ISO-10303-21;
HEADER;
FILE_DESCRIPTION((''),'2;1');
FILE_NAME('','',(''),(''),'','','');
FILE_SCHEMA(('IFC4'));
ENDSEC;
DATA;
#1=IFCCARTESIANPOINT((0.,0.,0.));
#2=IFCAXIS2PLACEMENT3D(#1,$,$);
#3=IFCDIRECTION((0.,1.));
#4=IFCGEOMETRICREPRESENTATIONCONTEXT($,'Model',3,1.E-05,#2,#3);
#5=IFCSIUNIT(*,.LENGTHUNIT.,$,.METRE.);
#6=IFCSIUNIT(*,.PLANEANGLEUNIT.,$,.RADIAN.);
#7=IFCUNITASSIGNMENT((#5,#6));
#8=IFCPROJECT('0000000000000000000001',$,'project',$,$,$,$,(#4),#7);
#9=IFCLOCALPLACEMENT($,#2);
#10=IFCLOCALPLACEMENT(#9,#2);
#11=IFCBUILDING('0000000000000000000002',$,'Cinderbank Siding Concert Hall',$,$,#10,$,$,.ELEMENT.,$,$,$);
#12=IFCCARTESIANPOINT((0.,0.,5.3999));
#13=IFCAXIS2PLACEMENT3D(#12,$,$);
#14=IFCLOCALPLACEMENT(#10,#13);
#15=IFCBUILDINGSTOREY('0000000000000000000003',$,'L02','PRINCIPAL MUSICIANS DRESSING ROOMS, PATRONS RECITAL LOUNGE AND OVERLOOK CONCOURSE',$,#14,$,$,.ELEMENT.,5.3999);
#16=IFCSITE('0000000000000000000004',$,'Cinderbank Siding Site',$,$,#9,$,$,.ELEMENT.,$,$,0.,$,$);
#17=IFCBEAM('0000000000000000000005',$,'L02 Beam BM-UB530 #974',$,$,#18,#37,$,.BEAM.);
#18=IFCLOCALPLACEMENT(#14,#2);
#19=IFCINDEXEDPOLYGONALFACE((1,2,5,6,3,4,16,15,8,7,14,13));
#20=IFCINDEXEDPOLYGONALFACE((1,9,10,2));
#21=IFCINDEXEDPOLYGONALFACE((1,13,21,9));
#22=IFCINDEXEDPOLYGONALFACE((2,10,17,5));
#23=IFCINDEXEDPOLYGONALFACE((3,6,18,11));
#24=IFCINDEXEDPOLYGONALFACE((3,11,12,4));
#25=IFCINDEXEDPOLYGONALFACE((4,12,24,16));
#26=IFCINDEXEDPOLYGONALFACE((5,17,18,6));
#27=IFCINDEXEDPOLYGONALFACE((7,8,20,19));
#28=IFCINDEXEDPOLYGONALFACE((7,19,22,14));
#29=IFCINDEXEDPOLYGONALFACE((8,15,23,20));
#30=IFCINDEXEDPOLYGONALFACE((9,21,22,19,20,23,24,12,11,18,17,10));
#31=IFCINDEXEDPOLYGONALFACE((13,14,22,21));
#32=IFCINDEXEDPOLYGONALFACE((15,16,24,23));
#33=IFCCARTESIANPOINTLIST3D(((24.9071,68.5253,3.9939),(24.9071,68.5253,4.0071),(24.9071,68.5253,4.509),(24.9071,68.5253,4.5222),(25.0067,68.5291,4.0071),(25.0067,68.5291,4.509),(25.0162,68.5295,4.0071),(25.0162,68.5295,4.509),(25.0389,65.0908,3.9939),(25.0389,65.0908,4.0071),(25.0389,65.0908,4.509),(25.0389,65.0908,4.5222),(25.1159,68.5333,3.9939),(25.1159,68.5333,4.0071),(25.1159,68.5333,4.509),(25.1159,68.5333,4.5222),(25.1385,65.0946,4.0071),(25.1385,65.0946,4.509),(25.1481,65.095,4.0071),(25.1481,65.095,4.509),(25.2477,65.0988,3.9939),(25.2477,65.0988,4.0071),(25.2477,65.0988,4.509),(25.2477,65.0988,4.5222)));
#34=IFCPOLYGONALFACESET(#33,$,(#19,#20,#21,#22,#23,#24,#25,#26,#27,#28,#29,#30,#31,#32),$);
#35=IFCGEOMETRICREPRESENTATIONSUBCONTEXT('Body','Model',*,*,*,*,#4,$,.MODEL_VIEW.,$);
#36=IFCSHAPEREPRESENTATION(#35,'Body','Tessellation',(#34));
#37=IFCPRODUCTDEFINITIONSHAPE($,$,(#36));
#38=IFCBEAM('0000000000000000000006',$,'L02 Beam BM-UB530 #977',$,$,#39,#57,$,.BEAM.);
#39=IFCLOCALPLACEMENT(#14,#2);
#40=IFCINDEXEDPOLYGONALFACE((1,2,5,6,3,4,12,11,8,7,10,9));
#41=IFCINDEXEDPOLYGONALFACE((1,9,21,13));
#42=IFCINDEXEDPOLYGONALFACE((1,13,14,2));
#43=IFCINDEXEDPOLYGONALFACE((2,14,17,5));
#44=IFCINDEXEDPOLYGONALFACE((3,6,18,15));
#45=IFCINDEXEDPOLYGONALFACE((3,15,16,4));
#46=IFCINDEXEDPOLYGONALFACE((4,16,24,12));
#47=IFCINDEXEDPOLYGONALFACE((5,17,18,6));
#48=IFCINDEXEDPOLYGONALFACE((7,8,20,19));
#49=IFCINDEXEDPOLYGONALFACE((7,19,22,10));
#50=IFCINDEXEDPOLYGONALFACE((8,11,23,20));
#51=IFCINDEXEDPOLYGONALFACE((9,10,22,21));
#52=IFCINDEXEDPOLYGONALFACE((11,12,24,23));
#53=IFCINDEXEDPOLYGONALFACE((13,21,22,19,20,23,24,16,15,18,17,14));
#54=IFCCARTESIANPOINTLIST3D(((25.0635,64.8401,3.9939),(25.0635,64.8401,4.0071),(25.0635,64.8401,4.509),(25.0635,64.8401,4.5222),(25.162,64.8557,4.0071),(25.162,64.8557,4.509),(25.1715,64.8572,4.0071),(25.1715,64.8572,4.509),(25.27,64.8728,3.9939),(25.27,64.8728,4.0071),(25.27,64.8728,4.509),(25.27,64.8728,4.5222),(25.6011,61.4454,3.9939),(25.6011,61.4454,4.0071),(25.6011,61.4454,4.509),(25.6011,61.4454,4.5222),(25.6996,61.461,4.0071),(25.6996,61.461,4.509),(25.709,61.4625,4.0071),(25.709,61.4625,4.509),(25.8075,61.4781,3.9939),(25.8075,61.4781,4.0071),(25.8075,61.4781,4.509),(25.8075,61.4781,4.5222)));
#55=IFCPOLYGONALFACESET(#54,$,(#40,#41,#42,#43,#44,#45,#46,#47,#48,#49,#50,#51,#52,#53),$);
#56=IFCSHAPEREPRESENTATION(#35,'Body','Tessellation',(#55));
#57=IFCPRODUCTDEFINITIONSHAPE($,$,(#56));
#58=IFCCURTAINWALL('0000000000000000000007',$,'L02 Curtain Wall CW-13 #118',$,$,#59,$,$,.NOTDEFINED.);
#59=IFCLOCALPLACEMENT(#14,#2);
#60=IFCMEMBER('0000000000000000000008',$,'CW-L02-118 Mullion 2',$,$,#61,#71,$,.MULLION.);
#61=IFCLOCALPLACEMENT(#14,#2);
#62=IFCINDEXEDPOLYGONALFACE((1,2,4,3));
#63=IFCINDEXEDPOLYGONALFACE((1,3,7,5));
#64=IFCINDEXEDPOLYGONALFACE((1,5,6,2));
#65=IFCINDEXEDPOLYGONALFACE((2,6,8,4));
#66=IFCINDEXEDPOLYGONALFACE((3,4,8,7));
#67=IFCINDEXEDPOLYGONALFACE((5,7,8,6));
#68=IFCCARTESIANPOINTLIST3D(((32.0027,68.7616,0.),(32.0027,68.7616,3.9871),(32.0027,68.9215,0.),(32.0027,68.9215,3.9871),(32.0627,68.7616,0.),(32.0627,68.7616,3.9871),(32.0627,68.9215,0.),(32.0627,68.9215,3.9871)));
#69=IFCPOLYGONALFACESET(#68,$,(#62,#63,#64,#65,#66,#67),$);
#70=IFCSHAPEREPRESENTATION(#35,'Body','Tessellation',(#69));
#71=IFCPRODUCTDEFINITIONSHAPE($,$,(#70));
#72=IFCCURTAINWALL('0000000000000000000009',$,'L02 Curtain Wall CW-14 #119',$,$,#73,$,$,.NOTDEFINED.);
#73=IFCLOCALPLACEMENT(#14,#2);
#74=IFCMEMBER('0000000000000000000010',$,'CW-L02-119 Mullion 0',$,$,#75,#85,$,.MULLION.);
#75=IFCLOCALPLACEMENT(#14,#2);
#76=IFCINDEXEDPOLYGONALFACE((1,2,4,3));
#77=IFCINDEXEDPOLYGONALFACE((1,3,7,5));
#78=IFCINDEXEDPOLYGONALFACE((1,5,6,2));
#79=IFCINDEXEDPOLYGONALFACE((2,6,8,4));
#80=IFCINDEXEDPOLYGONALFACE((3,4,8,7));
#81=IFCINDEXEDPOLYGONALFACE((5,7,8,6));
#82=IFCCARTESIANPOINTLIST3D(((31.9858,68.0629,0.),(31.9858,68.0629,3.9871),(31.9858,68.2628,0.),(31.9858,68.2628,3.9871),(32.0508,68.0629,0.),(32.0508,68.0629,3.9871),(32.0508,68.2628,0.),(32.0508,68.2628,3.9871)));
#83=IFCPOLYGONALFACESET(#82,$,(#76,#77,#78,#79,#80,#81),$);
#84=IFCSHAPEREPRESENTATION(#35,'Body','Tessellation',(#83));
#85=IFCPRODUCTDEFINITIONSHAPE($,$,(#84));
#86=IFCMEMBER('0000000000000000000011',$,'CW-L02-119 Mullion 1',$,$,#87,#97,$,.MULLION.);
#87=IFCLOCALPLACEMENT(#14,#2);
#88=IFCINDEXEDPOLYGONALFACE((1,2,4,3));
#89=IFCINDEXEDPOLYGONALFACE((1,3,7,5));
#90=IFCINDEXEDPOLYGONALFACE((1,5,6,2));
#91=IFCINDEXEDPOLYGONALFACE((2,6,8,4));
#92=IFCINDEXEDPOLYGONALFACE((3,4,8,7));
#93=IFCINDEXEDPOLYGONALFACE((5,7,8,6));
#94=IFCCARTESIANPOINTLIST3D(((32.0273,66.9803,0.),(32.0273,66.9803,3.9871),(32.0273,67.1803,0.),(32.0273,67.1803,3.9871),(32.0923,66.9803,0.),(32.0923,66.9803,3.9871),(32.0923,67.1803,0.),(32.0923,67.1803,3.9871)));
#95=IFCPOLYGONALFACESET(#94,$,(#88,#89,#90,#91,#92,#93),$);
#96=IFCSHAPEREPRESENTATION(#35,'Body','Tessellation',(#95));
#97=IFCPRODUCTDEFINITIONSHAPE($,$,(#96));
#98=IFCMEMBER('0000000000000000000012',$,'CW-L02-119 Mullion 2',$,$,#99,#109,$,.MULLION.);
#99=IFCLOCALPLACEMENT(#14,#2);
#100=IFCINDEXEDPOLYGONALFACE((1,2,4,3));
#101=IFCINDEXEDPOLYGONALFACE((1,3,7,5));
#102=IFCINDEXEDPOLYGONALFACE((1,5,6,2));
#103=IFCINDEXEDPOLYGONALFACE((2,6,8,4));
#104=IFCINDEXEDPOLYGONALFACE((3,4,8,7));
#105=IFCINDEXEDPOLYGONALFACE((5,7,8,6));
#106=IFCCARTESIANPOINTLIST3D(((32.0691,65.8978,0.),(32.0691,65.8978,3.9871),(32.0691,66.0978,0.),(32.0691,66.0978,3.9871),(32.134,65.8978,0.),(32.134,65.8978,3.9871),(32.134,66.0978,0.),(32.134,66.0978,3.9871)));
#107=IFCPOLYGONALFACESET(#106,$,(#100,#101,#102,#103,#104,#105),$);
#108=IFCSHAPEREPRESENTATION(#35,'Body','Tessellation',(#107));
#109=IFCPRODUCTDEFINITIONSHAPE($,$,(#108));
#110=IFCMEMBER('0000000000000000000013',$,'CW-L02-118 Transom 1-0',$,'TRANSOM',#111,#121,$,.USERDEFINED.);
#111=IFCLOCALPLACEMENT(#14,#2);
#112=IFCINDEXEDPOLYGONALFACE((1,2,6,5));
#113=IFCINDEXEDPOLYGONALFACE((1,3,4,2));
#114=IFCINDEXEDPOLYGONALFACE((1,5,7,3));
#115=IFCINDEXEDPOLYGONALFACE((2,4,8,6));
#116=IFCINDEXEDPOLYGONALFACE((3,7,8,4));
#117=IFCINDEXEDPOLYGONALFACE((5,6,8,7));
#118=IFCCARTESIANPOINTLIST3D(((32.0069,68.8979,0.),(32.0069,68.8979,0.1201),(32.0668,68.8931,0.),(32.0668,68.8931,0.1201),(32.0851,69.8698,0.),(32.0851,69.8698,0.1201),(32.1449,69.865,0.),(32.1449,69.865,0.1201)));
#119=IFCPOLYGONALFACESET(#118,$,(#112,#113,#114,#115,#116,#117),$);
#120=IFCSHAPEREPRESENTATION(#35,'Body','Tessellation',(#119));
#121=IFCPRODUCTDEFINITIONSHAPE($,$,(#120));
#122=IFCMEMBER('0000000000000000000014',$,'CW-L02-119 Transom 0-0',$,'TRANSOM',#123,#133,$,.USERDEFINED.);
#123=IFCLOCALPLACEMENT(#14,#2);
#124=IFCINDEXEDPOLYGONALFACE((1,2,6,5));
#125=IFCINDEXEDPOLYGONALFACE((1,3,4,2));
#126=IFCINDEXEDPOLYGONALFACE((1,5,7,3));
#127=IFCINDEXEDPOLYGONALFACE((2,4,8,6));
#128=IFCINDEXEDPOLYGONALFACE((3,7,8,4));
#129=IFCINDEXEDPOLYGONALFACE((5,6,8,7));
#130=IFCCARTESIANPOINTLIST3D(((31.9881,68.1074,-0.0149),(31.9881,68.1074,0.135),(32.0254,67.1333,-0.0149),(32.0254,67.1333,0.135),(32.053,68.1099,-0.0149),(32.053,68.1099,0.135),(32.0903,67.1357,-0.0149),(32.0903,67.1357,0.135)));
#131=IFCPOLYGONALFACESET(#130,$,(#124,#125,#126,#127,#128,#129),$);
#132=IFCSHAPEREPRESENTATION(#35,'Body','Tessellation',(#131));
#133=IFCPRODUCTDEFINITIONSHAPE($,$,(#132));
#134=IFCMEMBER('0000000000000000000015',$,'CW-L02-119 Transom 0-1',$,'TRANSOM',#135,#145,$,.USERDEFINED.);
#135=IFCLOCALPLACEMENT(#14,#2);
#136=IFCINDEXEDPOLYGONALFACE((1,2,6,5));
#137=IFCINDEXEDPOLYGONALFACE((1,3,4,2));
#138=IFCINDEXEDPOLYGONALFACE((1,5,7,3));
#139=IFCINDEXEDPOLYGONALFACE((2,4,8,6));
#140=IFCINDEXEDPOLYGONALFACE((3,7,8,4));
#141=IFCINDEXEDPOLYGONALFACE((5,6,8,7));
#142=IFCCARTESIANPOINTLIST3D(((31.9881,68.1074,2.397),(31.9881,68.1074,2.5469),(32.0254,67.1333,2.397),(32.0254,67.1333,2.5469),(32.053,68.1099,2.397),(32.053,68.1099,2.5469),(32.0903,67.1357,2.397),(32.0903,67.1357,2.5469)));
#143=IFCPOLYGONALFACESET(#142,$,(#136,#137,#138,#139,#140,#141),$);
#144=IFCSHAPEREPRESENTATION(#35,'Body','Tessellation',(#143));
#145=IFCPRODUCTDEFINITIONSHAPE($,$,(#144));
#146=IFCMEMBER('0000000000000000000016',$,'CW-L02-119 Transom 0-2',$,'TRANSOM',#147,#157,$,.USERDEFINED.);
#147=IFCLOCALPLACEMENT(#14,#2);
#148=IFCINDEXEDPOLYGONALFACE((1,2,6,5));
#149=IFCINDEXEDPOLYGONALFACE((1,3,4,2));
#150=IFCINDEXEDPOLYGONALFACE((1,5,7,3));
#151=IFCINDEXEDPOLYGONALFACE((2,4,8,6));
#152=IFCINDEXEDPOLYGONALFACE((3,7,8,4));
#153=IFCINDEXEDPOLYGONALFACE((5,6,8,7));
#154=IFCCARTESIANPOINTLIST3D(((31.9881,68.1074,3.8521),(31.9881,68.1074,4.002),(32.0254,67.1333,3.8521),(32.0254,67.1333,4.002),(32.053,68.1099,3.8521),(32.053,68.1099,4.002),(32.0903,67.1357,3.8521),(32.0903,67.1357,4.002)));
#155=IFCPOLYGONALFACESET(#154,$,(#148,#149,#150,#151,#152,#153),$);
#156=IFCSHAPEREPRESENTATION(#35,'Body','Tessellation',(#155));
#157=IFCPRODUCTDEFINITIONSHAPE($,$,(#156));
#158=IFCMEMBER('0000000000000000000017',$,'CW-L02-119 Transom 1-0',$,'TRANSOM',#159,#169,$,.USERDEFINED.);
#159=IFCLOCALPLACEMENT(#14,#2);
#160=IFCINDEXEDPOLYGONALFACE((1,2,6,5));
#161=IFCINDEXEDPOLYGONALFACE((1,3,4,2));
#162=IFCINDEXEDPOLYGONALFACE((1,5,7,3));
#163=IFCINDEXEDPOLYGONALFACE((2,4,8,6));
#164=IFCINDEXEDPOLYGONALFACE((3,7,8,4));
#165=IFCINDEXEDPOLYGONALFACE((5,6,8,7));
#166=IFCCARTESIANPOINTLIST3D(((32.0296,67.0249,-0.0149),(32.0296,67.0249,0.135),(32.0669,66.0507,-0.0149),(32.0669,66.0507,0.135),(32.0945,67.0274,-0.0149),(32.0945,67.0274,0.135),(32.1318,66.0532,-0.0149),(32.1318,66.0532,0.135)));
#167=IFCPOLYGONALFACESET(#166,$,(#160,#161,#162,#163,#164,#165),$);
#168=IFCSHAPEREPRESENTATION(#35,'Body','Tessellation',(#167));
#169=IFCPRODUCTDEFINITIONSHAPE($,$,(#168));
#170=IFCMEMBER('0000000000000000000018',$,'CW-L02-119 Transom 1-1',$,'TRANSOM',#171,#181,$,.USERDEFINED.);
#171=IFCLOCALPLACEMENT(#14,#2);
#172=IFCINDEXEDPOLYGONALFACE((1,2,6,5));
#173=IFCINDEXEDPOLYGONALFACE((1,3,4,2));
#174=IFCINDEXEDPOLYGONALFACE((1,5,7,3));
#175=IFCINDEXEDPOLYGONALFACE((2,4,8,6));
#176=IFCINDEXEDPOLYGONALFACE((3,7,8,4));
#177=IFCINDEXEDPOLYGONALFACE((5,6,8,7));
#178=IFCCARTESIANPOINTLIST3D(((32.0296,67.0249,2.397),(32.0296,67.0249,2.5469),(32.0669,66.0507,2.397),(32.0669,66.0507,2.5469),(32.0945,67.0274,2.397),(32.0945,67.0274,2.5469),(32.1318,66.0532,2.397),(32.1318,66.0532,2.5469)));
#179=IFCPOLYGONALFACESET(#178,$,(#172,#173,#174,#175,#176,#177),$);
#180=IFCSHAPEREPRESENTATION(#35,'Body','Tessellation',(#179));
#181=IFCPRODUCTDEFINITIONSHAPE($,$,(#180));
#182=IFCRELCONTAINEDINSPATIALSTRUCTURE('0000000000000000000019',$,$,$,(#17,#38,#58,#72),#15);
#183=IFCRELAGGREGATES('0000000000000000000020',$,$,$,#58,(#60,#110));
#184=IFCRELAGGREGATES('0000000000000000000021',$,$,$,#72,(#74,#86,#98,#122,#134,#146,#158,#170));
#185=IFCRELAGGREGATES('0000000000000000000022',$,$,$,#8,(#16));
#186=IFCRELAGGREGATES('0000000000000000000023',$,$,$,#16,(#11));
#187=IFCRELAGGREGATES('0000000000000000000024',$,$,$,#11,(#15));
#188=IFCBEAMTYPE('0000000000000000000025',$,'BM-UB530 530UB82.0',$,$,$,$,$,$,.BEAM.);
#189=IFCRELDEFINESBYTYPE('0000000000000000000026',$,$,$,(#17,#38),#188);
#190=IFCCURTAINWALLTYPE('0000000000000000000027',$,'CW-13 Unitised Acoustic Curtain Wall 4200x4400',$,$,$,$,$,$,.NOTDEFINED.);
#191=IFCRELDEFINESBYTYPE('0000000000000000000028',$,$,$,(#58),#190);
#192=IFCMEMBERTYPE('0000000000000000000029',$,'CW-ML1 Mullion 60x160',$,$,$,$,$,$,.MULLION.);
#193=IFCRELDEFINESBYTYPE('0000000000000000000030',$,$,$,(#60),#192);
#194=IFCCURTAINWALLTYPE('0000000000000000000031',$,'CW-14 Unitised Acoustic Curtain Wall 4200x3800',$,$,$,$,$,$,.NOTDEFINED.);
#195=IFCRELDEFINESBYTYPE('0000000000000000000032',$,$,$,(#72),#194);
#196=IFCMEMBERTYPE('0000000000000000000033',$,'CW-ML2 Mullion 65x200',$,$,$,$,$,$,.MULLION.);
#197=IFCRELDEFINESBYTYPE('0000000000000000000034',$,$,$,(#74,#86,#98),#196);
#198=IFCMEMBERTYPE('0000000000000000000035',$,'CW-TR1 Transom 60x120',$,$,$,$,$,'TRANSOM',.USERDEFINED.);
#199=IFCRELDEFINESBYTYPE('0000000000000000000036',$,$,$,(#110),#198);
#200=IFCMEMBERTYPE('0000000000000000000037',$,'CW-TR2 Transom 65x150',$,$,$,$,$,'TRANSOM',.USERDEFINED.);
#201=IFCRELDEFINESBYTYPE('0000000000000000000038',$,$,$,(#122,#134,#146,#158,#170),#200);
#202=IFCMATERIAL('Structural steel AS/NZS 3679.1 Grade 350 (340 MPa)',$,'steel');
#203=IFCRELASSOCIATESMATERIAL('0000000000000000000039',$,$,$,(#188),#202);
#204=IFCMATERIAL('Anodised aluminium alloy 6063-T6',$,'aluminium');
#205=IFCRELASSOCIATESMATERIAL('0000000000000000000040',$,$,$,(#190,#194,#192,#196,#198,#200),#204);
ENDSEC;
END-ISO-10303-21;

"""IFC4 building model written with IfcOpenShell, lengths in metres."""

from ifc_helpers import new_model, si_unit, direction, frame, origin, origin_2d, place, context, subcontext, project, spatial, rectangle, i_section, extrude, material, material_profile, profile_set, type_object, element, aggregate, save


model = new_model("IFC4")

# Units and contexts
model_context = context("Model", 3, precision=1e-05, world=origin(), true_north=direction((0.0, 1.0)))
body_context = subcontext(model_context, "Body", "Model", "MODEL_VIEW")
ifc_project = project(units=[si_unit("LENGTHUNIT", "METRE"), si_unit("PLANEANGLEUNIT", "RADIAN")], contexts=[model_context])

# Site, building, storey
site_placement = place(None, origin())
site = spatial("IfcSite", under=ifc_project, at=site_placement, Name="Cinderbank Siding Site", CompositionType="ELEMENT", RefElevation=0.0)
building_placement = place(site_placement, origin())
building = spatial("IfcBuilding", under=site, at=building_placement, Name="Cinderbank Siding Concert Hall", CompositionType="ELEMENT")
storey_placement = place(building_placement, frame((0.0, 0.0, 5.3999)))
storey = spatial("IfcBuildingStorey", under=building, at=storey_placement, Name="L02", Description="PRINCIPAL MUSICIANS DRESSING ROOMS, PATRONS RECITAL LOUNGE AND OVERLOOK CONCOURSE", CompositionType="ELEMENT", Elevation=5.3999)

# Shared definitions
ifc_material_1 = material(Name="Structural steel AS/NZS 3679.1 Grade 350 (340 MPa)", Category="steel")

# Beams
ifc_material_profile_1 = material_profile(ifc_material_1, i_section(OverallWidth=0.209, OverallDepth=0.5283, WebThickness=0.0095, FlangeThickness=0.0132, at=origin_2d()), Name="530UB82.0", Category="LoadBearing")
ifc_profile_set_1 = profile_set([ifc_material_profile_1], Name="Structural steel AS/NZS 3679.1 Grade 350 (340 MPa)")
beam_type_1 = type_object("IfcBeamType", Name="BM-UB530 530UB82.0", PredefinedType="BEAM", material=ifc_profile_set_1)
for number, where, z_axis, x_axis, name in (
    (1, (25.0115, 68.5293, 4.2581), (0.038357, -0.999264, 0.0), (0.999264, 0.038357, 0.0), "L02 Beam BM-UB530 #974"),
    (2, (25.1667, 64.8564, 4.2581), (0.156411, -0.987692, 0.0), (0.987692, 0.156411, 0.0), "L02 Beam BM-UB530 #977"),
):
    element("IfcBeam", number, at=place(storey_placement, frame(where, z_axis=z_axis, x_axis=x_axis)), inside=storey, type_object=beam_type_1, Name=name, PredefinedType="BEAM", context=body_context, shape_type="SweptSolid", body=[
        extrude(i_section(OverallWidth=0.209, OverallDepth=0.5283, WebThickness=0.0095, FlangeThickness=0.0132, at=origin_2d()), origin(), (0.0, 0.0, 1.0), 3.437),
    ])

# Curtain wall, member
ifc_material_2 = material(Name="Anodised aluminium alloy 6063-T6", Category="aluminium")
curtain_wall_type_1 = type_object("IfcCurtainWallType", Name="CW-13 Unitised Acoustic Curtain Wall 4200x4400", PredefinedType="NOTDEFINED", material=ifc_material_2)
curtain_wall_1_placement = place(storey_placement, origin())
curtain_wall_1 = element("IfcCurtainWall", 3, at=curtain_wall_1_placement, inside=storey, type_object=curtain_wall_type_1, Name="L02 Curtain Wall CW-13 #118", PredefinedType="NOTDEFINED")
ifc_material_profile_2 = material_profile(ifc_material_2, rectangle(XDim=0.0601, YDim=0.1599, at=origin_2d()), Name="ALU-MULL-60x160", Category="LoadBearing")
ifc_profile_set_2 = profile_set([ifc_material_profile_2], Name="Anodised aluminium alloy 6063-T6")
member_type_1 = type_object("IfcMemberType", Name="CW-ML1 Mullion 60x160", PredefinedType="MULLION", material=ifc_profile_set_2)
member_1_placement = place(storey_placement, frame((32.0327, 68.8416, 0.0), z_axis=(0.0, 0.0, 1.0), x_axis=(1.0, 0.0, 0.0)))
member_1 = element("IfcMember", 4, at=member_1_placement, type_object=member_type_1, Name="CW-L02-118 Mullion 2", PredefinedType="MULLION", context=body_context, shape_type="SweptSolid", body=[
    extrude(rectangle(XDim=0.0601, YDim=0.1599, at=origin_2d()), origin(), (0.0, 0.0, 1.0), 3.9871),
])

# Curtain wall, members
curtain_wall_type_2 = type_object("IfcCurtainWallType", Name="CW-14 Unitised Acoustic Curtain Wall 4200x3800", PredefinedType="NOTDEFINED", material=ifc_material_2)
curtain_wall_2_placement = place(storey_placement, origin())
curtain_wall_2 = element("IfcCurtainWall", 5, at=curtain_wall_2_placement, inside=storey, type_object=curtain_wall_type_2, Name="L02 Curtain Wall CW-14 #119", PredefinedType="NOTDEFINED")
ifc_material_profile_3 = material_profile(ifc_material_2, rectangle(XDim=0.0649, YDim=0.2, at=origin_2d()), Name="ALU-MULL-65x200", Category="LoadBearing")
ifc_profile_set_3 = profile_set([ifc_material_profile_3], Name="Anodised aluminium alloy 6063-T6")
member_type_2 = type_object("IfcMemberType", Name="CW-ML2 Mullion 65x200", PredefinedType="MULLION", material=ifc_profile_set_3)
member_2_placement = place(storey_placement, frame((32.0183, 68.1628, 0.0), z_axis=(0.0, 0.0, 1.0), x_axis=(1.0, 0.0, 0.0)))
member_2 = element("IfcMember", 6, at=member_2_placement, type_object=member_type_2, Name="CW-L02-119 Mullion 0", PredefinedType="MULLION", context=body_context, shape_type="SweptSolid", body=[
    extrude(rectangle(XDim=0.0649, YDim=0.2, at=origin_2d()), origin(), (0.0, 0.0, 1.0), 3.9871),
])
member_3_placement = place(storey_placement, frame((32.0598, 67.0803, 0.0), z_axis=(0.0, 0.0, 1.0), x_axis=(1.0, 0.0, 0.0)))
member_3 = element("IfcMember", 7, at=member_3_placement, type_object=member_type_2, Name="CW-L02-119 Mullion 1", PredefinedType="MULLION", context=body_context, shape_type="SweptSolid", body=[
    extrude(rectangle(XDim=0.0649, YDim=0.2, at=origin_2d()), origin(), (0.0, 0.0, 1.0), 3.9871),
])
member_4_placement = place(storey_placement, frame((32.1016, 65.9978, 0.0), z_axis=(0.0, 0.0, 1.0), x_axis=(1.0, 0.0, 0.0)))
member_4 = element("IfcMember", 8, at=member_4_placement, type_object=member_type_2, Name="CW-L02-119 Mullion 2", PredefinedType="MULLION", context=body_context, shape_type="SweptSolid", body=[
    extrude(rectangle(XDim=0.0649, YDim=0.2, at=origin_2d()), origin(), (0.0, 0.0, 1.0), 3.9871),
])

# Members
ifc_material_profile_4 = material_profile(ifc_material_2, rectangle(XDim=0.0601, YDim=0.1201, at=origin_2d()), Name="ALU-TRAN-60x120", Category="LoadBearing")
ifc_profile_set_4 = profile_set([ifc_material_profile_4], Name="Anodised aluminium alloy 6063-T6")
member_type_3 = type_object("IfcMemberType", Name="CW-TR1 Transom 60x120", ElementType="TRANSOM", PredefinedType="USERDEFINED", material=ifc_profile_set_4)
member_5_placement = place(storey_placement, frame((32.115, 69.8674, 0.0601), z_axis=(-0.080123, -0.996785, 0.0), x_axis=(0.996785, -0.080123, 0.0)))
member_5 = element("IfcMember", 9, at=member_5_placement, type_object=member_type_3, Name="CW-L02-118 Transom 1-0", ObjectType="TRANSOM", PredefinedType="USERDEFINED", context=body_context, shape_type="SweptSolid", body=[
    extrude(rectangle(XDim=0.0601, YDim=0.1201, at=origin_2d()), origin(), (0.0, 0.0, 1.0), 0.9751),
])
ifc_material_profile_5 = material_profile(ifc_material_2, rectangle(XDim=0.0649, YDim=0.1499, at=origin_2d()), Name="ALU-TRAN-65x150", Category="LoadBearing")
ifc_profile_set_5 = profile_set([ifc_material_profile_5], Name="Anodised aluminium alloy 6063-T6")
member_type_4 = type_object("IfcMemberType", Name="CW-TR2 Transom 65x150", ElementType="TRANSOM", PredefinedType="USERDEFINED", material=ifc_profile_set_5)
member_6_placement = place(storey_placement, frame((32.0205, 68.1086, 0.0601), z_axis=(0.038318, -0.999266, 0.0), x_axis=(0.999266, 0.038318, 0.0)))
member_6 = element("IfcMember", 10, at=member_6_placement, type_object=member_type_4, Name="CW-L02-119 Transom 0-0", ObjectType="TRANSOM", PredefinedType="USERDEFINED", context=body_context, shape_type="SweptSolid", body=[
    extrude(rectangle(XDim=0.0649, YDim=0.1499, at=origin_2d()), origin(), (0.0, 0.0, 1.0), 0.9749),
])
member_7_placement = place(storey_placement, frame((32.0205, 68.1086, 2.4719), z_axis=(0.038318, -0.999266, 0.0), x_axis=(0.999266, 0.038318, 0.0)))
member_7 = element("IfcMember", 11, at=member_7_placement, type_object=member_type_4, Name="CW-L02-119 Transom 0-1", ObjectType="TRANSOM", PredefinedType="USERDEFINED", context=body_context, shape_type="SweptSolid", body=[
    extrude(rectangle(XDim=0.0649, YDim=0.1499, at=origin_2d()), origin(), (0.0, 0.0, 1.0), 0.9749),
])
member_8_placement = place(storey_placement, frame((32.0205, 68.1086, 3.927), z_axis=(0.038318, -0.999266, 0.0), x_axis=(0.999266, 0.038318, 0.0)))
member_8 = element("IfcMember", 12, at=member_8_placement, type_object=member_type_4, Name="CW-L02-119 Transom 0-2", ObjectType="TRANSOM", PredefinedType="USERDEFINED", context=body_context, shape_type="SweptSolid", body=[
    extrude(rectangle(XDim=0.0649, YDim=0.1499, at=origin_2d()), origin(), (0.0, 0.0, 1.0), 0.9749),
])
member_9_placement = place(storey_placement, frame((32.062, 67.0261, 0.0601), z_axis=(0.038318, -0.999266, 0.0), x_axis=(0.999266, 0.038318, 0.0)))
member_9 = element("IfcMember", 13, at=member_9_placement, type_object=member_type_4, Name="CW-L02-119 Transom 1-0", ObjectType="TRANSOM", PredefinedType="USERDEFINED", context=body_context, shape_type="SweptSolid", body=[
    extrude(rectangle(XDim=0.0649, YDim=0.1499, at=origin_2d()), origin(), (0.0, 0.0, 1.0), 0.9749),
])
member_10_placement = place(storey_placement, frame((32.062, 67.0261, 2.4719), z_axis=(0.038318, -0.999266, 0.0), x_axis=(0.999266, 0.038318, 0.0)))
member_10 = element("IfcMember", 14, at=member_10_placement, type_object=member_type_4, Name="CW-L02-119 Transom 1-1", ObjectType="TRANSOM", PredefinedType="USERDEFINED", context=body_context, shape_type="SweptSolid", body=[
    extrude(rectangle(XDim=0.0649, YDim=0.1499, at=origin_2d()), origin(), (0.0, 0.0, 1.0), 0.9749),
])

aggregate(curtain_wall_1, [member_1, member_5])
aggregate(curtain_wall_2, [member_2, member_3, member_4, member_6, member_7, member_8, member_9, member_10])

save(model, "model.ifc")
